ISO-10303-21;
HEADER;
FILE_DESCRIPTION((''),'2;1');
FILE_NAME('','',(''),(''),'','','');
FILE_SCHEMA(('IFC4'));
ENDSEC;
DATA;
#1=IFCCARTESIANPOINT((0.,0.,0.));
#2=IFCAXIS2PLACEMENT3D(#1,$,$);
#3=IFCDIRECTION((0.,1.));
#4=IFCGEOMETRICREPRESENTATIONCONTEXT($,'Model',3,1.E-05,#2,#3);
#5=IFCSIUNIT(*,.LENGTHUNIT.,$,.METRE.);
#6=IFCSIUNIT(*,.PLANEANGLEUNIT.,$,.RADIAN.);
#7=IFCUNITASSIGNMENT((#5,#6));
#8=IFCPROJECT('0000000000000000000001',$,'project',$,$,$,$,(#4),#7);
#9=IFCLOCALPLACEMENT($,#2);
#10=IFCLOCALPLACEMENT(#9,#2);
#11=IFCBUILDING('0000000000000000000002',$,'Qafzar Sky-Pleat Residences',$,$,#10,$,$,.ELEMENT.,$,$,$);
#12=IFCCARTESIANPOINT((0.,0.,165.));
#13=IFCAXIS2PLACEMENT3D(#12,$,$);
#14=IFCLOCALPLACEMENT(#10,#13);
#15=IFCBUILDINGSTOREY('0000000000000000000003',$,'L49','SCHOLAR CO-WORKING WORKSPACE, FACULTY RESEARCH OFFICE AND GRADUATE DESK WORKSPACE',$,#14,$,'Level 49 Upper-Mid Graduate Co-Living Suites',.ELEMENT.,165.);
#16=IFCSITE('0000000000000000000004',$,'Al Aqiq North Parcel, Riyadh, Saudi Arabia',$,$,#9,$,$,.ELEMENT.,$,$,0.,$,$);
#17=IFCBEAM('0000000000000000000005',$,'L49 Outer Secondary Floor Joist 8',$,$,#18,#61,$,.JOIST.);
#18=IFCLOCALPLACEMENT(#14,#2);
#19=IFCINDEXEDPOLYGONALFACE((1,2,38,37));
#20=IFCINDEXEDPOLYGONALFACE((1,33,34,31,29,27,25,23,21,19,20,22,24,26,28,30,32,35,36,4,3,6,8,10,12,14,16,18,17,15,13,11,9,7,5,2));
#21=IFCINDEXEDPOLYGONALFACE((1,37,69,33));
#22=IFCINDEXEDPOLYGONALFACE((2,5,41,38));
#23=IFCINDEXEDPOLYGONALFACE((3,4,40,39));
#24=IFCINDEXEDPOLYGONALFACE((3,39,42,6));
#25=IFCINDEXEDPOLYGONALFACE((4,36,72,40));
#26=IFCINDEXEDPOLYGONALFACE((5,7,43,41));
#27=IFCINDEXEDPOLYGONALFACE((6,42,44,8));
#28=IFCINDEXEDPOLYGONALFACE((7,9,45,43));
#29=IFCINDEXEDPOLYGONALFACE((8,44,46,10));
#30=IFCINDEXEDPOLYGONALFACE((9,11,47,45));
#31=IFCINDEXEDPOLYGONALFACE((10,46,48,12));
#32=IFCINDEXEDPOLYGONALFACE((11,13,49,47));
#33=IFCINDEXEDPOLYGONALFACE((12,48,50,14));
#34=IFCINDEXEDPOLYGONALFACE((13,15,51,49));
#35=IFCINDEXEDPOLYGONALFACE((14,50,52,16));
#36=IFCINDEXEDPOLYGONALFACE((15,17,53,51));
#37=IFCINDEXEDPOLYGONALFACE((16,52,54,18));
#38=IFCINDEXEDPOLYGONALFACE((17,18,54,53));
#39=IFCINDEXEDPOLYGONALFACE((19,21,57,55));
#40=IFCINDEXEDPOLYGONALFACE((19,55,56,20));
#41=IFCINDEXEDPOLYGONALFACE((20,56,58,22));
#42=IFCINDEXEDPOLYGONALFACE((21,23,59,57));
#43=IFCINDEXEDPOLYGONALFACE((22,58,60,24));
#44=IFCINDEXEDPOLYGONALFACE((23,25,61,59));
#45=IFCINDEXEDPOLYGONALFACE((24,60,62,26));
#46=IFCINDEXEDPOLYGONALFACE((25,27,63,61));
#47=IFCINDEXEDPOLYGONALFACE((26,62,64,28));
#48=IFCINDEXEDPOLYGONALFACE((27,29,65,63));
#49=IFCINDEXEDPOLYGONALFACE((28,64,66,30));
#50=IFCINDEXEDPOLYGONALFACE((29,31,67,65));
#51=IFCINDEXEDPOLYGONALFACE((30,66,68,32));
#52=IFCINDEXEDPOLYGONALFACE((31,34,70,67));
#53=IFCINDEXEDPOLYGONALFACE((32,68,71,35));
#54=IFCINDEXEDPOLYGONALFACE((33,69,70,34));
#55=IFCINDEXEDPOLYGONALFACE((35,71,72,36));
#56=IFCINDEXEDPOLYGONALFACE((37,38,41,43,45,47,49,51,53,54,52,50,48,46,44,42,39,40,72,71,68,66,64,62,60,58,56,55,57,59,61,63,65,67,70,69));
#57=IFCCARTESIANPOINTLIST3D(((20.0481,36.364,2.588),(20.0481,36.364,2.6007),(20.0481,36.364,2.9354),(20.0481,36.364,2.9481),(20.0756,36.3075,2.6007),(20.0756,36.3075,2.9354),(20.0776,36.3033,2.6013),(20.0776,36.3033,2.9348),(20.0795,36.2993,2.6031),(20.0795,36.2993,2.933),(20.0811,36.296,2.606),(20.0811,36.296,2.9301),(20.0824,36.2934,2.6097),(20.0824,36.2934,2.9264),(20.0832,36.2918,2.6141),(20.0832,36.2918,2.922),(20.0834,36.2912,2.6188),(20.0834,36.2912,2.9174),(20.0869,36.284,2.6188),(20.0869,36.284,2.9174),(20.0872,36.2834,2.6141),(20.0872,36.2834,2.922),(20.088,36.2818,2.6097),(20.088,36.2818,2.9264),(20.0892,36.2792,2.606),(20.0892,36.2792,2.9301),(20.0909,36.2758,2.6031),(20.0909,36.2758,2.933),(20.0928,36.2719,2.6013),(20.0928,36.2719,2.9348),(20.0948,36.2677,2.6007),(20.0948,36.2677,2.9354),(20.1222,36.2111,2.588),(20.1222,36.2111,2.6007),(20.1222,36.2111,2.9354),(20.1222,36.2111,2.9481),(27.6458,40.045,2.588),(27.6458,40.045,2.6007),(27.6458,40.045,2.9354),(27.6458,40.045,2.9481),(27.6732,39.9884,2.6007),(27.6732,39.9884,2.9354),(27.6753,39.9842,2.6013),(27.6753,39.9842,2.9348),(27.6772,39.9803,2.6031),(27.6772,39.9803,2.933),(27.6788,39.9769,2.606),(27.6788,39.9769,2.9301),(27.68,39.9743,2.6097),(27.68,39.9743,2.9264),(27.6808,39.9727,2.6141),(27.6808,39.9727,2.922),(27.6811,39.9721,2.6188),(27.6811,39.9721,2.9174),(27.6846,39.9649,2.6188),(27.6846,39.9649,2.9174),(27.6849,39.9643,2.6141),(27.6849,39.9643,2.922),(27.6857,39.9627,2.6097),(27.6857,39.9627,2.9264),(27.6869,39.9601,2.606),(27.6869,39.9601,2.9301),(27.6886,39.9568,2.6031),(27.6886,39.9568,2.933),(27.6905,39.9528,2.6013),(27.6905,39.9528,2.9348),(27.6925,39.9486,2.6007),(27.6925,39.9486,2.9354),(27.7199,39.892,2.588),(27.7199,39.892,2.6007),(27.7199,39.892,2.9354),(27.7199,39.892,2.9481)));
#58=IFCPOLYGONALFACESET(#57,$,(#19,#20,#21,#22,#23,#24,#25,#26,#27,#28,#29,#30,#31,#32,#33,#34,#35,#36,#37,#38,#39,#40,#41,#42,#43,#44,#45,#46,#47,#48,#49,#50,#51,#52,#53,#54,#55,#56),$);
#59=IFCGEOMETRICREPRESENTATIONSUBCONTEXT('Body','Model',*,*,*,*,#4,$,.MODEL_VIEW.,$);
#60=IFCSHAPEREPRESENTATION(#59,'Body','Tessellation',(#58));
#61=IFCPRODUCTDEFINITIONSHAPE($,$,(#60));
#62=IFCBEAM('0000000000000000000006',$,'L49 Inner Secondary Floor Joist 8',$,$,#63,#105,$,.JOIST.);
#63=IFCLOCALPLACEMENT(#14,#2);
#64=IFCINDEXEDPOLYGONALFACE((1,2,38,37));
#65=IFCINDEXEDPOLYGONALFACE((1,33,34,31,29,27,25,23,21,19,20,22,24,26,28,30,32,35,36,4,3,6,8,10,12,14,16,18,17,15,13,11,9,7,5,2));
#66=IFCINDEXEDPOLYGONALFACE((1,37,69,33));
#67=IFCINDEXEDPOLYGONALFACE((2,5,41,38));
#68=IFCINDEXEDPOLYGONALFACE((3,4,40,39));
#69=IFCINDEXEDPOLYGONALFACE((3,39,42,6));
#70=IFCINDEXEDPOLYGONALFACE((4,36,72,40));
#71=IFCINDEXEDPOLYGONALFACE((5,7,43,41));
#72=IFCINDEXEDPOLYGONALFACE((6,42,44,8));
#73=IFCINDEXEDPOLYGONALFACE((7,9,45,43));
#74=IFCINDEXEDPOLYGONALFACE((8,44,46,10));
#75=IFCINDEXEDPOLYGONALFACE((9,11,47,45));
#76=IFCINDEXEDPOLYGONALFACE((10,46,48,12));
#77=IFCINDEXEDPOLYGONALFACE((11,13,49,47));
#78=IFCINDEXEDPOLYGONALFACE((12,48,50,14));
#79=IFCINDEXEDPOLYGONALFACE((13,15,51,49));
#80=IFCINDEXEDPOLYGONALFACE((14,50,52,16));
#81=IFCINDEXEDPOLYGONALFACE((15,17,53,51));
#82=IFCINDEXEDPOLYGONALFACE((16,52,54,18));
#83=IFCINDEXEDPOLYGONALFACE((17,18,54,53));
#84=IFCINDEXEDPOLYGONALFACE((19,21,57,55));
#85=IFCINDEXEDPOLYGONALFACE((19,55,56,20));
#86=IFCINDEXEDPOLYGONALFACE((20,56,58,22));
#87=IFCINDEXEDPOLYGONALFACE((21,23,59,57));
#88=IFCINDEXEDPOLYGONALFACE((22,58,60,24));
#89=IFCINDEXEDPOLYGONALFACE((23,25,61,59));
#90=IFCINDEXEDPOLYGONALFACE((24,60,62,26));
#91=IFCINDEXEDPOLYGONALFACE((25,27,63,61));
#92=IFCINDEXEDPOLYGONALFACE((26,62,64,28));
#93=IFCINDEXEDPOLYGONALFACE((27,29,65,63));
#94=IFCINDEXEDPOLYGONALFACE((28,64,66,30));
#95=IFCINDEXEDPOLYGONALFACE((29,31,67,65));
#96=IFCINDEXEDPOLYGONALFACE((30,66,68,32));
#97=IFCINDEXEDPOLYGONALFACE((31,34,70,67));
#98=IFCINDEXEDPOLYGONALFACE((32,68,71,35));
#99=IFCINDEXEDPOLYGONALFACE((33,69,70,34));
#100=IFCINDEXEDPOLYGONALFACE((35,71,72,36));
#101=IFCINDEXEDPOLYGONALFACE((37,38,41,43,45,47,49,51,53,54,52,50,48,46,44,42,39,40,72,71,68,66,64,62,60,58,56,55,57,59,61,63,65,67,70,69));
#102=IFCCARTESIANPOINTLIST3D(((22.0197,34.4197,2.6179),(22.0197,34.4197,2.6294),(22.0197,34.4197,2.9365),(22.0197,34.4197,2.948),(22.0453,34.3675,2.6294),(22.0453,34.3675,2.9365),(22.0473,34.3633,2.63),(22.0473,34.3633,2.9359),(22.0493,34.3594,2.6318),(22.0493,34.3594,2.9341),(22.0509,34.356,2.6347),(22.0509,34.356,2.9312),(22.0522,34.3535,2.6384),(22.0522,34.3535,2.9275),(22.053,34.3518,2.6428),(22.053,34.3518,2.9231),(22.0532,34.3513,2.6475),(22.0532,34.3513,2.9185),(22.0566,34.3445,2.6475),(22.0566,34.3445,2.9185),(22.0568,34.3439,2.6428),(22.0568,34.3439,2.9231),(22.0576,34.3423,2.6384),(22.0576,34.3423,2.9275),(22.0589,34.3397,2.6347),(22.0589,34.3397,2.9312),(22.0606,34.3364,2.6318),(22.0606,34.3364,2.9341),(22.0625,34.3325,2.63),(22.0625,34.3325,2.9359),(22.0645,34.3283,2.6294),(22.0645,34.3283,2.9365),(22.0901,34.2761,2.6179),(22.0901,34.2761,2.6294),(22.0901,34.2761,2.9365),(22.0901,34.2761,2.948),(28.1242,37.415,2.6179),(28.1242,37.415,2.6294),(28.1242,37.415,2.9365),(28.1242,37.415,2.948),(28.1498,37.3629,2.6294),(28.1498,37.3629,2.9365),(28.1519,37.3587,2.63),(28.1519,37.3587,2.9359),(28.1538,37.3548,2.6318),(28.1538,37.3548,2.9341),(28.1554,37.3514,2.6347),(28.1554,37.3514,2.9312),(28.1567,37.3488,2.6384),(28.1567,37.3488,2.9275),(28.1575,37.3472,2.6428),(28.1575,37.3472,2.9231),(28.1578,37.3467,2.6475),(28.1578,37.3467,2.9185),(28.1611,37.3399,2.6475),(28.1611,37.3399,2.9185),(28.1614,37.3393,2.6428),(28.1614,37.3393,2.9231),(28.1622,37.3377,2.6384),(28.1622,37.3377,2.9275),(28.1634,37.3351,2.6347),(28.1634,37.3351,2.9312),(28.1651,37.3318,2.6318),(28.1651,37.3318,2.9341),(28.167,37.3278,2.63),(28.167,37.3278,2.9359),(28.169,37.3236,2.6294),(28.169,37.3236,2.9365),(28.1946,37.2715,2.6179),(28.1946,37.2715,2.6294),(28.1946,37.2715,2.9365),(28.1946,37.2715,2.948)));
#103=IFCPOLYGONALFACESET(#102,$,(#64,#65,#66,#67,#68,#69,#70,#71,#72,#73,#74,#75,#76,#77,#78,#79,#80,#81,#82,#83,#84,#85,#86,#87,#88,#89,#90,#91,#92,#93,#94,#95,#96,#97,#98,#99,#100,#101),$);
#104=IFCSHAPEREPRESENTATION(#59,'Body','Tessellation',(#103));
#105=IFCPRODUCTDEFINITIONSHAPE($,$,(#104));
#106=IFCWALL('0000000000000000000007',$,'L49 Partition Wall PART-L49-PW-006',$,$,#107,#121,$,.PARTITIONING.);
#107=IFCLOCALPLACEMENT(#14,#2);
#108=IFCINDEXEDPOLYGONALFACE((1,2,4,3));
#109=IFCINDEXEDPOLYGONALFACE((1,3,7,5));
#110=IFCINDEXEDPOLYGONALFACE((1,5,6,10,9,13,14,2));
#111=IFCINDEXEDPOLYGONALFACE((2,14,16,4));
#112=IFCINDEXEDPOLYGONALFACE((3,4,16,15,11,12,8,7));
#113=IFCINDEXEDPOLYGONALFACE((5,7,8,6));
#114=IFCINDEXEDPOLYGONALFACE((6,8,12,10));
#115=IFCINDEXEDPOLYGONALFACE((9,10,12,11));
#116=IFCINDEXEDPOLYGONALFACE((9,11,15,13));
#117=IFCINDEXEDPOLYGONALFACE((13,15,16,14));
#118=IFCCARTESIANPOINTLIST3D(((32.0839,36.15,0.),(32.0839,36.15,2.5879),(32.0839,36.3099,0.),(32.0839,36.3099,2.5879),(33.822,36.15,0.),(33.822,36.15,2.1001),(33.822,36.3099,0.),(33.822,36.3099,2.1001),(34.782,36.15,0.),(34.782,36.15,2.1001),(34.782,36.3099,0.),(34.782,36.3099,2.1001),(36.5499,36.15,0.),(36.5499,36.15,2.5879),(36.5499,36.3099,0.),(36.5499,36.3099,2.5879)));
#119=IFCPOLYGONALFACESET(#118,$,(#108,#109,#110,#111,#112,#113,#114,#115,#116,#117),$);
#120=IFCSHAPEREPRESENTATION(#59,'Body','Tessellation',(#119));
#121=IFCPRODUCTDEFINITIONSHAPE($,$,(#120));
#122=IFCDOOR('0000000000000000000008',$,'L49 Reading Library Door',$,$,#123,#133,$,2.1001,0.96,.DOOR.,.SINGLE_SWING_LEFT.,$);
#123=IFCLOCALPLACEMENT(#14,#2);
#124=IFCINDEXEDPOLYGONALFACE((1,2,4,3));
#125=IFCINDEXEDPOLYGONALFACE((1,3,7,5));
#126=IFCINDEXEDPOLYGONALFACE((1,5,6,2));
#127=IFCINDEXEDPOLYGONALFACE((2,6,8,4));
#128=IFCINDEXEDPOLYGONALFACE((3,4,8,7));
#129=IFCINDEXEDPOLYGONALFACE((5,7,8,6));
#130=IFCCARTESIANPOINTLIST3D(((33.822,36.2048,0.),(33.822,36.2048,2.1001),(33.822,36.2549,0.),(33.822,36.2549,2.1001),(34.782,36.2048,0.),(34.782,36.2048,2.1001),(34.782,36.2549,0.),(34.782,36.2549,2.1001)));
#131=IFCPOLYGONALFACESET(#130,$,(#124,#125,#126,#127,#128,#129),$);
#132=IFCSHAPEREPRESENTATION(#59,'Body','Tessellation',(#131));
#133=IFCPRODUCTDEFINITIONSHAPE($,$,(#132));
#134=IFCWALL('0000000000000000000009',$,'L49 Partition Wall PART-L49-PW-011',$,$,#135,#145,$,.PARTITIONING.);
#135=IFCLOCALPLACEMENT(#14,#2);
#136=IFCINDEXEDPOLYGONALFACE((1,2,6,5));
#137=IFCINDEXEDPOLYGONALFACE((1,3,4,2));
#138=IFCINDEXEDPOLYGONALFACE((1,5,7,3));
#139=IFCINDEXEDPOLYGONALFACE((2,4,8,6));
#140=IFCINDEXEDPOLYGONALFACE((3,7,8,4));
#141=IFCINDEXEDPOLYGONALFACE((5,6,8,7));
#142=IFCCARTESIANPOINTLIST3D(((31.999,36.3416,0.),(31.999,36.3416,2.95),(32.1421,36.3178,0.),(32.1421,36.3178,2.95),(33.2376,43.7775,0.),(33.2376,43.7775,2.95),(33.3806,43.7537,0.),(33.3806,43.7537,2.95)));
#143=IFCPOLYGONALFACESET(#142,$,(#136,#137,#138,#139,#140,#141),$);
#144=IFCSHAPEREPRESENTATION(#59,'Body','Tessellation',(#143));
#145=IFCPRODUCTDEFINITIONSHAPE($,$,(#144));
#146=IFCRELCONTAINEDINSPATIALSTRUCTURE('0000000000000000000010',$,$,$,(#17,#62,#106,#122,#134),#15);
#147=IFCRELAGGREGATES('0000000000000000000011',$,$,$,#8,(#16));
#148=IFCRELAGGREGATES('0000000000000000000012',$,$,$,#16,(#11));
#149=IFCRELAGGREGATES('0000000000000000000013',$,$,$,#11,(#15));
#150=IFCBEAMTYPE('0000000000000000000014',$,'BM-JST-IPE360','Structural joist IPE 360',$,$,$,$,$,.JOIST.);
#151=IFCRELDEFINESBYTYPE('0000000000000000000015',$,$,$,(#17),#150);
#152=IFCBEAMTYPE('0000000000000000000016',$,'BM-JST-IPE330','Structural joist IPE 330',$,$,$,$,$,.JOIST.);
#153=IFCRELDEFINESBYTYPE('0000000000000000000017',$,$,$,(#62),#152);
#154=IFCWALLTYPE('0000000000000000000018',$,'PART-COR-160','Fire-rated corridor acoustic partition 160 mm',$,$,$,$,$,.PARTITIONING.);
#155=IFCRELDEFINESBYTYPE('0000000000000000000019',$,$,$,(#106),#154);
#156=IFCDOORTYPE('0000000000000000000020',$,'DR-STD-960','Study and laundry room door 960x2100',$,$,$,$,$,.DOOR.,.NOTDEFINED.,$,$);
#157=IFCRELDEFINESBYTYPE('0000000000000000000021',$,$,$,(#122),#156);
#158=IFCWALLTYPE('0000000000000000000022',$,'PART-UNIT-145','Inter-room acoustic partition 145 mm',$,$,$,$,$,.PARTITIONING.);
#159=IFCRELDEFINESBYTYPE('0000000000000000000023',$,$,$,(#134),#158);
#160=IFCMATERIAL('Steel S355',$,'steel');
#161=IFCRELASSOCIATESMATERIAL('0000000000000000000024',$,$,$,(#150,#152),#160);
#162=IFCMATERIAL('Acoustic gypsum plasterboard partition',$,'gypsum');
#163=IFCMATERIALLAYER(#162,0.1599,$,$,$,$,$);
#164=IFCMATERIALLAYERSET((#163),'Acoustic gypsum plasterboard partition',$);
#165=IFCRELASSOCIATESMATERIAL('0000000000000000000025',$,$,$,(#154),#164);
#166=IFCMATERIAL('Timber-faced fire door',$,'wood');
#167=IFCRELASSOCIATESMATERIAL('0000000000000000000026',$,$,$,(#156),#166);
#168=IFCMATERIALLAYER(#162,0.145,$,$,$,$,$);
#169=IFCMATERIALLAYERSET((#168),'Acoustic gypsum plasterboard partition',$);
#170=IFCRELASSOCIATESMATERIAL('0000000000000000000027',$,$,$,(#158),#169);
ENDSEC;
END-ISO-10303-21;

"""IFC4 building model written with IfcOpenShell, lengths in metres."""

from ifc_helpers import new_model, si_unit, direction, frame, frame_2d, origin, origin_2d, place, context, subcontext, project, spatial, rectangle, i_section, extrude, source, transform, mapped, material, layer, layer_set, material_profile, profile_set, type_object, element, fill, save


model = new_model("IFC4")

# Units and contexts
model_context = context("Model", 3, precision=1e-05, world=origin(), true_north=direction((0.0, 1.0)))
body_context = subcontext(model_context, "Body", "Model", "MODEL_VIEW")
ifc_project = project(units=[si_unit("LENGTHUNIT", "METRE"), si_unit("PLANEANGLEUNIT", "RADIAN")], contexts=[model_context])

# Site, building, storey
site_placement = place(None, origin())
site = spatial("IfcSite", under=ifc_project, at=site_placement, Name="Al Aqiq North Parcel, Riyadh, Saudi Arabia", CompositionType="ELEMENT", RefElevation=0.0)
building_placement = place(site_placement, origin())
building = spatial("IfcBuilding", under=site, at=building_placement, Name="Qafzar Sky-Pleat Residences", CompositionType="ELEMENT")
storey_placement = place(building_placement, frame((0.0, 0.0, 165.0)))
storey = spatial("IfcBuildingStorey", under=building, at=storey_placement, Name="L49", Description="SCHOLAR CO-WORKING WORKSPACE, FACULTY RESEARCH OFFICE AND GRADUATE DESK WORKSPACE", LongName="Level 49 Upper-Mid Graduate Co-Living Suites", CompositionType="ELEMENT", Elevation=165.0)

# Shared definitions
ifc_material_1 = material(Name="Steel S355", Category="steel")

# Beams
ifc_material_profile_1 = material_profile(ifc_material_1, i_section(OverallWidth=0.1699, OverallDepth=0.3601, WebThickness=0.0081, FlangeThickness=0.0127, FilletRadius=0.0181, at=origin_2d()), Name="IPE 360")
ifc_profile_set_1 = profile_set([ifc_material_profile_1], Name="Steel S355")
beam_type_1 = type_object("IfcBeamType", Name="BM-JST-IPE360", Description="Structural joist IPE 360", PredefinedType="JOIST", material=ifc_profile_set_1)
shared_shape_1 = source(origin(), body_context, "Body", "SweptSolid", [
    extrude(i_section(OverallWidth=0.1699, OverallDepth=0.3601, WebThickness=0.0081, FlangeThickness=0.0127, FilletRadius=0.0181, at=origin_2d()), origin(), (0.0, 0.0, 1.0), 8.4424),
])
beam_1_placement = place(storey_placement, frame((27.6829, 39.9685, 2.7681), z_axis=(-0.899944, -0.436005, 0.0), x_axis=(0.436005, -0.899944, 0.0)))
element("IfcBeam", 1, at=beam_1_placement, inside=storey, type_object=beam_type_1, Name="L49 Outer Secondary Floor Joist 8", PredefinedType="JOIST", context=body_context, shape_type="MappedRepresentation", body=[
    mapped(shared_shape_1, transform((0.0, 0.0, 0.0), x_axis=(1.0, 0.0, 0.0), y_axis=(0.0, 1.0, 0.0), z_axis=(0.0, 0.0, 1.0), scale=1.0)),
])
ifc_material_profile_2 = material_profile(ifc_material_1, i_section(OverallWidth=0.1599, OverallDepth=0.3301, WebThickness=0.0076, FlangeThickness=0.0115, FilletRadius=0.0181, at=origin_2d()), Name="IPE 330")
ifc_profile_set_2 = profile_set([ifc_material_profile_2], Name="Steel S355")
beam_type_2 = type_object("IfcBeamType", Name="BM-JST-IPE330", Description="Structural joist IPE 330", PredefinedType="JOIST", material=ifc_profile_set_2)
shared_shape_2 = source(origin(), body_context, "Body", "SweptSolid", [
    extrude(i_section(OverallWidth=0.1599, OverallDepth=0.3301, WebThickness=0.0076, FlangeThickness=0.0115, FilletRadius=0.0181, at=origin_2d()), origin(), (0.0, 0.0, 1.0), 6.7998),
])
beam_2_placement = place(storey_placement, frame((28.1594, 37.3433, 2.783), z_axis=(-0.897748, -0.440509, 0.0), x_axis=(0.440509, -0.897748, 0.0)))
element("IfcBeam", 2, at=beam_2_placement, inside=storey, type_object=beam_type_2, Name="L49 Inner Secondary Floor Joist 8", PredefinedType="JOIST", context=body_context, shape_type="MappedRepresentation", body=[
    mapped(shared_shape_2, transform((0.0, 0.0, 0.0), x_axis=(1.0, 0.0, 0.0), y_axis=(0.0, 1.0, 0.0), z_axis=(0.0, 0.0, 1.0), scale=1.0)),
])

# Wall, opening, door
ifc_material_2 = material(Name="Acoustic gypsum plasterboard partition", Category="gypsum")
ifc_layer_1 = layer(ifc_material_2, 0.1599)
ifc_layer_set_1 = layer_set([ifc_layer_1], Name="Acoustic gypsum plasterboard partition")
wall_type_1 = type_object("IfcWallType", Name="PART-COR-160", Description="Fire-rated corridor acoustic partition 160 mm", PredefinedType="PARTITIONING", material=ifc_layer_set_1)
wall_1_placement = place(storey_placement, frame((32.084, 36.23, 0.0), z_axis=(0.0, 0.0, 1.0), x_axis=(1.0, 0.0, 0.0)))
wall_1 = element("IfcWall", 3, at=wall_1_placement, inside=storey, type_object=wall_type_1, Name="L49 Partition Wall PART-L49-PW-006", PredefinedType="PARTITIONING", context=body_context, shape_type="SweptSolid", body=[
    extrude(rectangle(XDim=4.4661, YDim=0.1599, at=frame_2d((2.2329, 0.0))), origin(), (0.0, 0.0, 1.0), 2.5879),
])
opening_1_placement = place(wall_1_placement, frame((1.738, 0.0, 0.0)))
opening_1 = element("IfcOpeningElement", 4, at=opening_1_placement, cuts=wall_1, PredefinedType="OPENING", context=body_context, shape_type="SweptSolid", body=[
    extrude(rectangle(XDim=0.96, YDim=2.1001, at=frame_2d((0.48, 1.05))), frame((0.0, 0.0898, 0.0), z_axis=(0.0, -1.0, 0.0), x_axis=(1.0, 0.0, 0.0)), (0.0, 0.0, 1.0), 0.1799),
])
ifc_material_3 = material(Name="Timber-faced fire door", Category="wood")
door_type_1 = type_object("IfcDoorType", Name="DR-STD-960", Description="Study and laundry room door 960x2100", OperationType="NOTDEFINED", PredefinedType="DOOR", material=ifc_material_3)
shared_shape_3 = source(origin(), body_context, "Body", "SweptSolid", [
    extrude(rectangle(XDim=0.96, YDim=2.1001, at=frame_2d((0.48, 1.05))), frame((0.0, 0.0249, 0.0), z_axis=(0.0, -1.0, 0.0), x_axis=(1.0, 0.0, 0.0)), (0.0, 0.0, 1.0), 0.05),
])
door_1_placement = place(opening_1_placement, origin())
door_1 = element("IfcDoor", 5, at=door_1_placement, inside=storey, type_object=door_type_1, Name="L49 Reading Library Door", OperationType="SINGLE_SWING_LEFT", OverallHeight=2.1001, OverallWidth=0.96, PredefinedType="DOOR", context=body_context, shape_type="MappedRepresentation", body=[
    mapped(shared_shape_3, transform((0.0, 0.0, 0.0), x_axis=(1.0, 0.0, 0.0), y_axis=(0.0, 1.0, 0.0), z_axis=(0.0, 0.0, 1.0), scale=1.0)),
])
fill(opening_1, door_1)

# Wall
ifc_layer_2 = layer(ifc_material_2, 0.145)
ifc_layer_set_2 = layer_set([ifc_layer_2], Name="Acoustic gypsum plasterboard partition")
wall_type_2 = type_object("IfcWallType", Name="PART-UNIT-145", Description="Inter-room acoustic partition 145 mm", PredefinedType="PARTITIONING", material=ifc_layer_set_2)
wall_2_placement = place(storey_placement, frame((32.0706, 36.3298, 0.0), z_axis=(0.0, 0.0, 1.0), x_axis=(0.164299, 0.986411, 0.0)))
element("IfcWall", 6, at=wall_2_placement, inside=storey, type_object=wall_type_2, Name="L49 Partition Wall PART-L49-PW-011", PredefinedType="PARTITIONING", context=body_context, shape_type="SweptSolid", body=[
    extrude(rectangle(XDim=7.5383, YDim=0.145, at=frame_2d((3.769, 0.0))), origin(), (0.0, 0.0, 1.0), 2.95),
])

save(model, "model.ifc")
